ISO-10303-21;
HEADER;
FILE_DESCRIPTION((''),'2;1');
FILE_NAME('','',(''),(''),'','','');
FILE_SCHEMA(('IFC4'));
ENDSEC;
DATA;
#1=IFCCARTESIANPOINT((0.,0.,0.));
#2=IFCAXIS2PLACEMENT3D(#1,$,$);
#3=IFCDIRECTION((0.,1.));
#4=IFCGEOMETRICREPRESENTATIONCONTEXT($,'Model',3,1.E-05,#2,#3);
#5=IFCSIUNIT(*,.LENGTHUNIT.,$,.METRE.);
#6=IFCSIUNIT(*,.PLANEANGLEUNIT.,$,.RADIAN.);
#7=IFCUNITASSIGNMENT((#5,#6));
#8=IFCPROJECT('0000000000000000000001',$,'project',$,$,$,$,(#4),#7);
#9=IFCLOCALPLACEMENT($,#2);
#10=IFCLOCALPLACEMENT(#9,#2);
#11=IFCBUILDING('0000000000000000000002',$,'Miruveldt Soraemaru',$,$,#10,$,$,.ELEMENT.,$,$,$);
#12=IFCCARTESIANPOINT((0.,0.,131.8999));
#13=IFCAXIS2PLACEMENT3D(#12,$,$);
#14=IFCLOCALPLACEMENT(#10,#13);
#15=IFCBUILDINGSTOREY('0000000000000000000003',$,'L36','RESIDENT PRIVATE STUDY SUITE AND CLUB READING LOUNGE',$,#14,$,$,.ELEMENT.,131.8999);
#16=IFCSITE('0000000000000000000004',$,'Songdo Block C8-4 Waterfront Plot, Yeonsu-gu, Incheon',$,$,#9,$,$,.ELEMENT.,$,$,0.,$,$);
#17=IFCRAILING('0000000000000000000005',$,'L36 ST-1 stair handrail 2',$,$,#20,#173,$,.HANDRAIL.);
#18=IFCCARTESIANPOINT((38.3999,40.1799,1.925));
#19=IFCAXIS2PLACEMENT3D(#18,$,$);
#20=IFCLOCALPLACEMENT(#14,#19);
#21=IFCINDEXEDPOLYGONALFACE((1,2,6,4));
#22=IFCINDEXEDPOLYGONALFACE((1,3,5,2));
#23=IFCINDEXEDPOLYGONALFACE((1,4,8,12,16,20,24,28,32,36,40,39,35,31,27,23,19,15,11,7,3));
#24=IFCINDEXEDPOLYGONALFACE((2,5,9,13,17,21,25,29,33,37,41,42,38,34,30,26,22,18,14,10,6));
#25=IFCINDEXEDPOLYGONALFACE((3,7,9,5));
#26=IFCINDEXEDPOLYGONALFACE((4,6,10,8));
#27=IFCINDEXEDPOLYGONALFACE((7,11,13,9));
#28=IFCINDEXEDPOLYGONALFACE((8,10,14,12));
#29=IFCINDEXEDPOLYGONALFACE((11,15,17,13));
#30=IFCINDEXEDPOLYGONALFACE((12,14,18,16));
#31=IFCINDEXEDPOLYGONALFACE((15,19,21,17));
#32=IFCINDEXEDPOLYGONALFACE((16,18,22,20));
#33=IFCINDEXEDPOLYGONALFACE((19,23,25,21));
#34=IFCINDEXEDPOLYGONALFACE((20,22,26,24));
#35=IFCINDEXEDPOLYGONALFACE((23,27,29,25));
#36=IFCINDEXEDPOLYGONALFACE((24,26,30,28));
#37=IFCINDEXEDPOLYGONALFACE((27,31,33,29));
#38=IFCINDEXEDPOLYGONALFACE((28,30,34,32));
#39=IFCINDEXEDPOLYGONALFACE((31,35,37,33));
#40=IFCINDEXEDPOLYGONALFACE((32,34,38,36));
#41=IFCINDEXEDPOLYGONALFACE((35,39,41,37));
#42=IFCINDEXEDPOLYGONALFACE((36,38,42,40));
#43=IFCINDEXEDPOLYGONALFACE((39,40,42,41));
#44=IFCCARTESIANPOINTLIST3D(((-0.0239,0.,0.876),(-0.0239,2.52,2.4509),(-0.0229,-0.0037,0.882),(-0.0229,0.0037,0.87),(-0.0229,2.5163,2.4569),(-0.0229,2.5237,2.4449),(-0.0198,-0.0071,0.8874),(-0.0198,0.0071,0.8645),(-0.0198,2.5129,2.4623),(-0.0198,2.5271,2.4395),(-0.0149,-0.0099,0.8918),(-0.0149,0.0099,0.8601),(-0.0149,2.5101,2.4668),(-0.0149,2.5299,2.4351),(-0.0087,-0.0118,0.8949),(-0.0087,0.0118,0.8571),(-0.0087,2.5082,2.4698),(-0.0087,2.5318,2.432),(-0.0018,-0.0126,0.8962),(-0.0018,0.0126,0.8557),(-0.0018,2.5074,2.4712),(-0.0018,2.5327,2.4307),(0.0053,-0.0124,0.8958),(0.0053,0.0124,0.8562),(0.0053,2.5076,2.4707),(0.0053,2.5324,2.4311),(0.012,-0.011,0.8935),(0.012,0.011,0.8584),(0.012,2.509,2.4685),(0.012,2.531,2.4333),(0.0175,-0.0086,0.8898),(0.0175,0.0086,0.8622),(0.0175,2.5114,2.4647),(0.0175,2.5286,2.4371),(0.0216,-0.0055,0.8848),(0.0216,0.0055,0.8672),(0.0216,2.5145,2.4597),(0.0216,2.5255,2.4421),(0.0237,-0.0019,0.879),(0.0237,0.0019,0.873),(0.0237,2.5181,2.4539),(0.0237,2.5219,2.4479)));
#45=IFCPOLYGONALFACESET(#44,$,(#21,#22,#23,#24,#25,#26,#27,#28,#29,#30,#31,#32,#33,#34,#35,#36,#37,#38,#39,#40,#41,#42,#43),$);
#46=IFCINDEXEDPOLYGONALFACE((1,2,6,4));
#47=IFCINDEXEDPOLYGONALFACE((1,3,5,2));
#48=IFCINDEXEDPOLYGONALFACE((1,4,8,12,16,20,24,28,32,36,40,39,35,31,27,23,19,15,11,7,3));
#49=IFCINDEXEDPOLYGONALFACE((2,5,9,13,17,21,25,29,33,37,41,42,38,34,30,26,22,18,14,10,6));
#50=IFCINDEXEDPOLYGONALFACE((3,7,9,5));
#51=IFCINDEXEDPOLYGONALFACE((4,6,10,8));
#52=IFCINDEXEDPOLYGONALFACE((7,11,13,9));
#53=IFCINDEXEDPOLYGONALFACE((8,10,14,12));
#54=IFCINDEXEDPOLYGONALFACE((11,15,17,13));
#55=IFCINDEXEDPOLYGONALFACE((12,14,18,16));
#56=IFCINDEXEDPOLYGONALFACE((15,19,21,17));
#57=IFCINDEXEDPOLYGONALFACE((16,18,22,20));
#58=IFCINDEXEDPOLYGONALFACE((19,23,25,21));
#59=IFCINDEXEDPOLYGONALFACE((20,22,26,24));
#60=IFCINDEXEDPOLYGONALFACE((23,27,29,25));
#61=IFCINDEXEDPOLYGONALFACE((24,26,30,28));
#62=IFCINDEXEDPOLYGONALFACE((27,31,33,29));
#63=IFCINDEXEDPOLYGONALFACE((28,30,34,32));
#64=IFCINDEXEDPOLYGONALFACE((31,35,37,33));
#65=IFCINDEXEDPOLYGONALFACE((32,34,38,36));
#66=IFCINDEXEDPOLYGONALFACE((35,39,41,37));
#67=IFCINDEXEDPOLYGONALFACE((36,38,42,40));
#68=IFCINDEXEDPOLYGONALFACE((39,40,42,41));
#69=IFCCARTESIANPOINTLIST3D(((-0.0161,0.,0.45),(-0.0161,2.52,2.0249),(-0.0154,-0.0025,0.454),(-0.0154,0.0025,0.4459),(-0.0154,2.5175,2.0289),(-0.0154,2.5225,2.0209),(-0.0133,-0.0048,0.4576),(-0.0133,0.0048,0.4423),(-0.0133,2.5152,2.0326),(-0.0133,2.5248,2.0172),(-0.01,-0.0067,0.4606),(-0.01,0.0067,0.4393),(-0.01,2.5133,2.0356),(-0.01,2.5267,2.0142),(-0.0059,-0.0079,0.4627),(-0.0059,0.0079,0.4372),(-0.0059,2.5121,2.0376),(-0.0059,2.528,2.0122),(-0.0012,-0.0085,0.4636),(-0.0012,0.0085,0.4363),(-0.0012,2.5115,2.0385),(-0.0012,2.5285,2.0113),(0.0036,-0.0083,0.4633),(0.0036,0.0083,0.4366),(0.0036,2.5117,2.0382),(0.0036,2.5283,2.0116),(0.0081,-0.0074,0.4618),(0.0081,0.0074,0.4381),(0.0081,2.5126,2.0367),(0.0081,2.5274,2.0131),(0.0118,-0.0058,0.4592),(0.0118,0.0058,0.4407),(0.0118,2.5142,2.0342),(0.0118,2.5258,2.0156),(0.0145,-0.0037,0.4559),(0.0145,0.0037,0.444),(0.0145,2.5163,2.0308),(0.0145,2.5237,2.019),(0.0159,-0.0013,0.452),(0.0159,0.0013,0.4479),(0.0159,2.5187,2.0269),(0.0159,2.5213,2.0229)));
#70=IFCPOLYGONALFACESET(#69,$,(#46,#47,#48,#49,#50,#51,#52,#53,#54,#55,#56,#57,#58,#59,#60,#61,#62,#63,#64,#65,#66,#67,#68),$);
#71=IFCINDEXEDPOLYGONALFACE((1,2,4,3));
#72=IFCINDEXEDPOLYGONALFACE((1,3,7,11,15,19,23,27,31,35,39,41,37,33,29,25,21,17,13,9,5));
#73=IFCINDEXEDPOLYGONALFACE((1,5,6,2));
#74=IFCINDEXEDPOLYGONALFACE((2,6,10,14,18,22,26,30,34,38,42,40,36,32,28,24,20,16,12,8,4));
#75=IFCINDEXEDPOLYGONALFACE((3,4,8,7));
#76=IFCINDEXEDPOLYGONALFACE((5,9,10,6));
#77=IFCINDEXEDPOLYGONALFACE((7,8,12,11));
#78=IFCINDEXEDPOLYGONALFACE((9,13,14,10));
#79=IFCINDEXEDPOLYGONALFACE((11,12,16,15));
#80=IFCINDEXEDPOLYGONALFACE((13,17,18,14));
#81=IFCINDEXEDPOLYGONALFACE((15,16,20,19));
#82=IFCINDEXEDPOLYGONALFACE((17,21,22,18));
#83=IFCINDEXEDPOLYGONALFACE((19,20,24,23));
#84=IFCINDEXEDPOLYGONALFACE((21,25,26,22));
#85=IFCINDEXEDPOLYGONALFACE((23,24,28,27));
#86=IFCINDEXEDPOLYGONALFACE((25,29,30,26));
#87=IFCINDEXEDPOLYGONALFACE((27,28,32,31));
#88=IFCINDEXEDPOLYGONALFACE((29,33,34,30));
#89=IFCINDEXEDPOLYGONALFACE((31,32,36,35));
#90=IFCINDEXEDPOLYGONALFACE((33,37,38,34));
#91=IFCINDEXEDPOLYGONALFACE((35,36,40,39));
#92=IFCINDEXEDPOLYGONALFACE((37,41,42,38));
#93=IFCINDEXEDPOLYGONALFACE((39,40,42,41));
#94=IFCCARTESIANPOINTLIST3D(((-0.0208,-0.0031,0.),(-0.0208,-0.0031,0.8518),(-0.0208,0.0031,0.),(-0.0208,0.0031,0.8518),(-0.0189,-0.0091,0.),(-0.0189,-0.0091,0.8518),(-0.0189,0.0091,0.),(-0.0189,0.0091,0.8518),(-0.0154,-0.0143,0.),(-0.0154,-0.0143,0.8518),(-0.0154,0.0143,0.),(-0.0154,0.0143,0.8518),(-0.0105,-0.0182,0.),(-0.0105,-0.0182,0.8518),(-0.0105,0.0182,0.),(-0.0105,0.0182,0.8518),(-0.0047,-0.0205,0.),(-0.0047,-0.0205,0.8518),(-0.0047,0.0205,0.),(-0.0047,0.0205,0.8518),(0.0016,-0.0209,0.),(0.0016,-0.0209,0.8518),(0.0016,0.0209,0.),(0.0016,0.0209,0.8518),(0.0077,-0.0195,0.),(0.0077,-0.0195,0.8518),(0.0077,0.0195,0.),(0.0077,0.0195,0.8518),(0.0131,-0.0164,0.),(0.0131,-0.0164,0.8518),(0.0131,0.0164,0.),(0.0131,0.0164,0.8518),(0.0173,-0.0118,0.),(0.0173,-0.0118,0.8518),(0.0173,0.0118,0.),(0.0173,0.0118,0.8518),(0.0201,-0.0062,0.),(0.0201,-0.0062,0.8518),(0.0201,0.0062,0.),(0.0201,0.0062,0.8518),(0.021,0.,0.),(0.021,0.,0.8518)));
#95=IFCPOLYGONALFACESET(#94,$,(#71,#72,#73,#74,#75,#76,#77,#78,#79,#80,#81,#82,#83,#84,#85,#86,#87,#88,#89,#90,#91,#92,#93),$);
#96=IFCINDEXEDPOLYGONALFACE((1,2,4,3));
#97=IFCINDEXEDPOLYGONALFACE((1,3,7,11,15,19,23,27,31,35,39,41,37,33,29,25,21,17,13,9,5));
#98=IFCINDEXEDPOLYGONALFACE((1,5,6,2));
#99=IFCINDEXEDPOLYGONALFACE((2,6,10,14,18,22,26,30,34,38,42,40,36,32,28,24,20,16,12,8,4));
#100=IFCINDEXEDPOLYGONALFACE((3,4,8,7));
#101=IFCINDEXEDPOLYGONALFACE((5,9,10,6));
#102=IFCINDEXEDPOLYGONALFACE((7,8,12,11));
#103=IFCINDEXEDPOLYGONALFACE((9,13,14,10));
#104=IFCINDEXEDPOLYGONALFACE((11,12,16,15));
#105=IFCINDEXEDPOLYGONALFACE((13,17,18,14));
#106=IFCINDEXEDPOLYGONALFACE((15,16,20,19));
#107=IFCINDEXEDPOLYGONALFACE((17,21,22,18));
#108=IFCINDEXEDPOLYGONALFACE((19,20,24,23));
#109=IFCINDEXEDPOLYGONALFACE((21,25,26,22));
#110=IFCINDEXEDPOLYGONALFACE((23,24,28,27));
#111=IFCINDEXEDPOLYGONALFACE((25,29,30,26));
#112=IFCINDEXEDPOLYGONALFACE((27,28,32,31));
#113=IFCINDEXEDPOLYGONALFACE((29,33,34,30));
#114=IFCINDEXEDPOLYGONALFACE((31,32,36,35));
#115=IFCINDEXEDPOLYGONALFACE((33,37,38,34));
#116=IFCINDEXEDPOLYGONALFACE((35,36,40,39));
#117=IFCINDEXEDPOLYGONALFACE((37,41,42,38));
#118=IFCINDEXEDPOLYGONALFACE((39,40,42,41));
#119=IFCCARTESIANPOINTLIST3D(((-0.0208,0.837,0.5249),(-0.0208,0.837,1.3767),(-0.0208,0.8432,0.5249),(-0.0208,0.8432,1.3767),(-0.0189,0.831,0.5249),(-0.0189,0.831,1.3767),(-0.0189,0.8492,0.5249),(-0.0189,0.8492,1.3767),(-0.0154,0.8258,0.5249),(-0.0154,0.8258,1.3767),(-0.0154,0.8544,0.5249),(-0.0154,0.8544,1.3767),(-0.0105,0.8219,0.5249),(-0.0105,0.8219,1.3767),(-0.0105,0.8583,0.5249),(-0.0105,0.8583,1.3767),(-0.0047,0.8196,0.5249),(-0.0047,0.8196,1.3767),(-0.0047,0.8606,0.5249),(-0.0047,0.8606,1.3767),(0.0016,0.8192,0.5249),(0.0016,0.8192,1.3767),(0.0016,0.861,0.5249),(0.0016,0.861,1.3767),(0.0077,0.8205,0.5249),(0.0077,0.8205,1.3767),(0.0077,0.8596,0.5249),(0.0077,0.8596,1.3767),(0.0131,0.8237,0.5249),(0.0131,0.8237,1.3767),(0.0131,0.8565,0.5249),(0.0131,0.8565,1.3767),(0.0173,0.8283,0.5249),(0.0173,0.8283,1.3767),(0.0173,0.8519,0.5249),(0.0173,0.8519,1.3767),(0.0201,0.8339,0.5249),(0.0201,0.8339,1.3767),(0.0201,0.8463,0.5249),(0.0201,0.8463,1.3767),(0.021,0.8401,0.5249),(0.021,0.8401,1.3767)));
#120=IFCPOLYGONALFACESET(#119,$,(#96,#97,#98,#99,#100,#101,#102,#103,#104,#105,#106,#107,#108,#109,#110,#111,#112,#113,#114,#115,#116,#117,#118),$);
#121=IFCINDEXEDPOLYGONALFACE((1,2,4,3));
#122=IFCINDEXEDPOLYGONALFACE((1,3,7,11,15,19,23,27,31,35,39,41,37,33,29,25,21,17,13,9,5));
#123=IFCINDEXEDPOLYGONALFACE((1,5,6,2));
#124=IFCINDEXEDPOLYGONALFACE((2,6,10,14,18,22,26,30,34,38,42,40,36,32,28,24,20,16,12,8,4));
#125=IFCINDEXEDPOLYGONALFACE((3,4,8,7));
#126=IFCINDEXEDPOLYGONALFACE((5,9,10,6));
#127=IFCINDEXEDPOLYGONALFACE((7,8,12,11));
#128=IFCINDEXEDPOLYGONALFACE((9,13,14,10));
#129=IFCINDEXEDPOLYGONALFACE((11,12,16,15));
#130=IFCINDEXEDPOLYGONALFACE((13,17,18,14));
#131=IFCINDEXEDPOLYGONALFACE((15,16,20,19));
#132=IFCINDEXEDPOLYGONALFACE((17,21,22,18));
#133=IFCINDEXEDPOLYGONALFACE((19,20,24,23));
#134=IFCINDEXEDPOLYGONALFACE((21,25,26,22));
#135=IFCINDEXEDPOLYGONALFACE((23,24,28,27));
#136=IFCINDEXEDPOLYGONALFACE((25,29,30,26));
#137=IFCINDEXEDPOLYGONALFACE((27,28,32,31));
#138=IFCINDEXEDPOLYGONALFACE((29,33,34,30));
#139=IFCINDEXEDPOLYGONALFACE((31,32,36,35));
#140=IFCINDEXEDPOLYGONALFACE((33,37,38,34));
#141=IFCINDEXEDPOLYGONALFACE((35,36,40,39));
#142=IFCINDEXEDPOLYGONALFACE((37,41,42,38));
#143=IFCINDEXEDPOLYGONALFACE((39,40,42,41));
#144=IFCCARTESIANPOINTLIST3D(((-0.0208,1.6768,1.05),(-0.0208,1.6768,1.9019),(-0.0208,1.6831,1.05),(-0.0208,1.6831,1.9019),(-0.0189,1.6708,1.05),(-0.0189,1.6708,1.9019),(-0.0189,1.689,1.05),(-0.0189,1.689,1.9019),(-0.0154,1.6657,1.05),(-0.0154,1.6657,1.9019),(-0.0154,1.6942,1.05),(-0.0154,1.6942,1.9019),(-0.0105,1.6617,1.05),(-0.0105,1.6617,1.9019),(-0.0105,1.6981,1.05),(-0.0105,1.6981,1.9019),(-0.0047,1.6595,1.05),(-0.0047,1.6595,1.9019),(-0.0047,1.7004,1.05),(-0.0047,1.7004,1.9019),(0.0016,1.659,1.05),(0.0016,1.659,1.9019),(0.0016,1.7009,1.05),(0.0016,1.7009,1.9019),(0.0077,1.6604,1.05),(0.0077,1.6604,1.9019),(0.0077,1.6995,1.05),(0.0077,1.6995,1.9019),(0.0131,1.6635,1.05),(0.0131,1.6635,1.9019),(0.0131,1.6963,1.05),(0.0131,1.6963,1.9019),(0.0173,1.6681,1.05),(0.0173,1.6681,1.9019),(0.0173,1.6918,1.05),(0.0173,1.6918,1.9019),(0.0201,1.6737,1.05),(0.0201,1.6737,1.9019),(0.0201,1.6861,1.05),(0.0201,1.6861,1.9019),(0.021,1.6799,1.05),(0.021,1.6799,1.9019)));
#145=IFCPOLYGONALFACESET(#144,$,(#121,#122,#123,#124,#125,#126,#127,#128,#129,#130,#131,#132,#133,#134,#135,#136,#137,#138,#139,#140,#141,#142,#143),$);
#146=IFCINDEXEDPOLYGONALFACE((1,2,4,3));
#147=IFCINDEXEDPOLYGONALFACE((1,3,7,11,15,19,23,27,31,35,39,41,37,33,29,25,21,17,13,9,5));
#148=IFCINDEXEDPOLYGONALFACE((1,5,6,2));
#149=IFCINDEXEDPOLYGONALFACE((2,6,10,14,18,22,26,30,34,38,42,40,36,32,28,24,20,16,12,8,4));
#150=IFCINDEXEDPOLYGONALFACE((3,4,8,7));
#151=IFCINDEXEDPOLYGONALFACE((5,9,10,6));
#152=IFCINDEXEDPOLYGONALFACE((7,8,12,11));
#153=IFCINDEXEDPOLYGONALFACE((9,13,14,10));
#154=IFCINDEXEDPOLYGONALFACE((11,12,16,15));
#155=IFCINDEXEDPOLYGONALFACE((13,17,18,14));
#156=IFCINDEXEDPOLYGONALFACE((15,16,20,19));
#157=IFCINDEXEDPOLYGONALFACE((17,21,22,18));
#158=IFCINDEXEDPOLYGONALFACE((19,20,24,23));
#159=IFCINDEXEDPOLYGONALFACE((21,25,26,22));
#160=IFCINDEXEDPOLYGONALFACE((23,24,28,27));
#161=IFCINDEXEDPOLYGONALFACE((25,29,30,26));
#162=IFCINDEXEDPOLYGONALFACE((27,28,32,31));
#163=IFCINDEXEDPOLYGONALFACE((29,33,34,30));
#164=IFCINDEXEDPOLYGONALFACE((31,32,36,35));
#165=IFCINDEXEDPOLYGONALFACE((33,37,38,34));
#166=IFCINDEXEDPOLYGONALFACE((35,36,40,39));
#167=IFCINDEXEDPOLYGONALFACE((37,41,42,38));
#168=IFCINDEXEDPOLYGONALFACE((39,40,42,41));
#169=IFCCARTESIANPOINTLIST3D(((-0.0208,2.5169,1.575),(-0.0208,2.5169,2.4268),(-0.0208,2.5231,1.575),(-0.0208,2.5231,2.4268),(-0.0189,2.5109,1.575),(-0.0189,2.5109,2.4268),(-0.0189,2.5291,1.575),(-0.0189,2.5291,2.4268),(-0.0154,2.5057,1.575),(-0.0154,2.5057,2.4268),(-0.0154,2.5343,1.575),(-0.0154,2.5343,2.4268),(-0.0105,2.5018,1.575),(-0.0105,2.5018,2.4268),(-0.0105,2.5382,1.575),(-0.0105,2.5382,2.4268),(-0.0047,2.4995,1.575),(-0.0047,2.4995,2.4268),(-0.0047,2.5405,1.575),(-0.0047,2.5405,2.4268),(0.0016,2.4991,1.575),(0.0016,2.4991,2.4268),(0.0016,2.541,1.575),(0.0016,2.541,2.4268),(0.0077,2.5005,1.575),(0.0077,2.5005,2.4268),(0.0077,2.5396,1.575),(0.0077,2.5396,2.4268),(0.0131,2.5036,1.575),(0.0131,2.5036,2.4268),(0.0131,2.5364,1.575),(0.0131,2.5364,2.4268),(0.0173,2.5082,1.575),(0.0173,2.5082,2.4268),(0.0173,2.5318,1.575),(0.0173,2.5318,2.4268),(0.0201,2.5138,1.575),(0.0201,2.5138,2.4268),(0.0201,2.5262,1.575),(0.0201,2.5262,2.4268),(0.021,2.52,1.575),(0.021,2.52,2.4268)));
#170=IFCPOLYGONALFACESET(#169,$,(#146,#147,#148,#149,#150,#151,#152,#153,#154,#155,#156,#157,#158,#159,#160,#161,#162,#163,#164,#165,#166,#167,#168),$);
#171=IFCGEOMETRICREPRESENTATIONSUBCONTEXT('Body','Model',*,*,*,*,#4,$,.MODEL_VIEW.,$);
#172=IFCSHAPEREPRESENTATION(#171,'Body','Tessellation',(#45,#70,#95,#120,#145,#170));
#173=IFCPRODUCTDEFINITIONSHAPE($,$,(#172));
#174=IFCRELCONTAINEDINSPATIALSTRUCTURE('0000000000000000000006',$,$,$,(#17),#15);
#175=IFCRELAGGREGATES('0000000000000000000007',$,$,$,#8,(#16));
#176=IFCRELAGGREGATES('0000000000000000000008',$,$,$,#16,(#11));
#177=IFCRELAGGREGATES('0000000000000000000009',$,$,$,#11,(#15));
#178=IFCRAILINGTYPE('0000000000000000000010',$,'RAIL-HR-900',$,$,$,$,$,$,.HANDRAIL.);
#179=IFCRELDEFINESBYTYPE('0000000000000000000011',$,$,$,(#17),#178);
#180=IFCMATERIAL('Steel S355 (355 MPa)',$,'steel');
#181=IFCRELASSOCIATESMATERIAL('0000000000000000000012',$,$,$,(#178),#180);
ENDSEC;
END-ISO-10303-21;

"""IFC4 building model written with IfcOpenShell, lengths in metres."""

from ifc_helpers import new_model, si_unit, direction, frame, origin, origin_2d, place, context, subcontext, project, spatial, circle, extrude, material, type_object, element, save


model = new_model("IFC4")

# Units and contexts
model_context = context("Model", 3, precision=1e-05, world=origin(), true_north=direction((0.0, 1.0)))
body_context = subcontext(model_context, "Body", "Model", "MODEL_VIEW")
ifc_project = project(units=[si_unit("LENGTHUNIT", "METRE"), si_unit("PLANEANGLEUNIT", "RADIAN")], contexts=[model_context])

# Site, building, storey
site_placement = place(None, origin())
site = spatial("IfcSite", under=ifc_project, at=site_placement, Name="Songdo Block C8-4 Waterfront Plot, Yeonsu-gu, Incheon", CompositionType="ELEMENT", RefElevation=0.0)
building_placement = place(site_placement, origin())
building = spatial("IfcBuilding", under=site, at=building_placement, Name="Miruveldt Soraemaru", CompositionType="ELEMENT")
storey_placement = place(building_placement, frame((0.0, 0.0, 131.8999)))
storey = spatial("IfcBuildingStorey", under=building, at=storey_placement, Name="L36", Description="RESIDENT PRIVATE STUDY SUITE AND CLUB READING LOUNGE", CompositionType="ELEMENT", Elevation=131.8999)

# Railing
ifc_material_1 = material(Name="Steel S355 (355 MPa)", Category="steel")
railing_type_1 = type_object("IfcRailingType", Name="RAIL-HR-900", PredefinedType="HANDRAIL", material=ifc_material_1)
railing_1_placement = place(storey_placement, frame((38.3999, 40.1799, 1.925)))
element("IfcRailing", 1, at=railing_1_placement, inside=storey, type_object=railing_type_1, Name="L36 ST-1 stair handrail 2", PredefinedType="HANDRAIL", context=body_context, shape_type="SweptSolid", body=[
    extrude(circle(Radius=0.0239, at=origin_2d()), frame((0.0, 0.0, 0.876), z_axis=(0.0, 0.848008, 0.529984), x_axis=(-1.0, 0.0, 0.0)), (0.0, 0.0, 1.0), 2.9717),
    extrude(circle(Radius=0.0161, at=origin_2d()), frame((0.0, 0.0, 0.45), z_axis=(0.0, 0.848008, 0.529984), x_axis=(-1.0, 0.0, 0.0)), (0.0, 0.0, 1.0), 2.9717),
    extrude(circle(Radius=0.021, at=origin_2d()), origin(), (0.0, 0.0, 1.0), 0.8518),
    extrude(circle(Radius=0.021, at=origin_2d()), frame((0.0, 0.8401, 0.5249)), (0.0, 0.0, 1.0), 0.8518),
    extrude(circle(Radius=0.021, at=origin_2d()), frame((0.0, 1.6799, 1.05)), (0.0, 0.0, 1.0), 0.8518),
    extrude(circle(Radius=0.021, at=origin_2d()), frame((0.0, 2.52, 1.575)), (0.0, 0.0, 1.0), 0.8518),
])

save(model, "model.ifc")
